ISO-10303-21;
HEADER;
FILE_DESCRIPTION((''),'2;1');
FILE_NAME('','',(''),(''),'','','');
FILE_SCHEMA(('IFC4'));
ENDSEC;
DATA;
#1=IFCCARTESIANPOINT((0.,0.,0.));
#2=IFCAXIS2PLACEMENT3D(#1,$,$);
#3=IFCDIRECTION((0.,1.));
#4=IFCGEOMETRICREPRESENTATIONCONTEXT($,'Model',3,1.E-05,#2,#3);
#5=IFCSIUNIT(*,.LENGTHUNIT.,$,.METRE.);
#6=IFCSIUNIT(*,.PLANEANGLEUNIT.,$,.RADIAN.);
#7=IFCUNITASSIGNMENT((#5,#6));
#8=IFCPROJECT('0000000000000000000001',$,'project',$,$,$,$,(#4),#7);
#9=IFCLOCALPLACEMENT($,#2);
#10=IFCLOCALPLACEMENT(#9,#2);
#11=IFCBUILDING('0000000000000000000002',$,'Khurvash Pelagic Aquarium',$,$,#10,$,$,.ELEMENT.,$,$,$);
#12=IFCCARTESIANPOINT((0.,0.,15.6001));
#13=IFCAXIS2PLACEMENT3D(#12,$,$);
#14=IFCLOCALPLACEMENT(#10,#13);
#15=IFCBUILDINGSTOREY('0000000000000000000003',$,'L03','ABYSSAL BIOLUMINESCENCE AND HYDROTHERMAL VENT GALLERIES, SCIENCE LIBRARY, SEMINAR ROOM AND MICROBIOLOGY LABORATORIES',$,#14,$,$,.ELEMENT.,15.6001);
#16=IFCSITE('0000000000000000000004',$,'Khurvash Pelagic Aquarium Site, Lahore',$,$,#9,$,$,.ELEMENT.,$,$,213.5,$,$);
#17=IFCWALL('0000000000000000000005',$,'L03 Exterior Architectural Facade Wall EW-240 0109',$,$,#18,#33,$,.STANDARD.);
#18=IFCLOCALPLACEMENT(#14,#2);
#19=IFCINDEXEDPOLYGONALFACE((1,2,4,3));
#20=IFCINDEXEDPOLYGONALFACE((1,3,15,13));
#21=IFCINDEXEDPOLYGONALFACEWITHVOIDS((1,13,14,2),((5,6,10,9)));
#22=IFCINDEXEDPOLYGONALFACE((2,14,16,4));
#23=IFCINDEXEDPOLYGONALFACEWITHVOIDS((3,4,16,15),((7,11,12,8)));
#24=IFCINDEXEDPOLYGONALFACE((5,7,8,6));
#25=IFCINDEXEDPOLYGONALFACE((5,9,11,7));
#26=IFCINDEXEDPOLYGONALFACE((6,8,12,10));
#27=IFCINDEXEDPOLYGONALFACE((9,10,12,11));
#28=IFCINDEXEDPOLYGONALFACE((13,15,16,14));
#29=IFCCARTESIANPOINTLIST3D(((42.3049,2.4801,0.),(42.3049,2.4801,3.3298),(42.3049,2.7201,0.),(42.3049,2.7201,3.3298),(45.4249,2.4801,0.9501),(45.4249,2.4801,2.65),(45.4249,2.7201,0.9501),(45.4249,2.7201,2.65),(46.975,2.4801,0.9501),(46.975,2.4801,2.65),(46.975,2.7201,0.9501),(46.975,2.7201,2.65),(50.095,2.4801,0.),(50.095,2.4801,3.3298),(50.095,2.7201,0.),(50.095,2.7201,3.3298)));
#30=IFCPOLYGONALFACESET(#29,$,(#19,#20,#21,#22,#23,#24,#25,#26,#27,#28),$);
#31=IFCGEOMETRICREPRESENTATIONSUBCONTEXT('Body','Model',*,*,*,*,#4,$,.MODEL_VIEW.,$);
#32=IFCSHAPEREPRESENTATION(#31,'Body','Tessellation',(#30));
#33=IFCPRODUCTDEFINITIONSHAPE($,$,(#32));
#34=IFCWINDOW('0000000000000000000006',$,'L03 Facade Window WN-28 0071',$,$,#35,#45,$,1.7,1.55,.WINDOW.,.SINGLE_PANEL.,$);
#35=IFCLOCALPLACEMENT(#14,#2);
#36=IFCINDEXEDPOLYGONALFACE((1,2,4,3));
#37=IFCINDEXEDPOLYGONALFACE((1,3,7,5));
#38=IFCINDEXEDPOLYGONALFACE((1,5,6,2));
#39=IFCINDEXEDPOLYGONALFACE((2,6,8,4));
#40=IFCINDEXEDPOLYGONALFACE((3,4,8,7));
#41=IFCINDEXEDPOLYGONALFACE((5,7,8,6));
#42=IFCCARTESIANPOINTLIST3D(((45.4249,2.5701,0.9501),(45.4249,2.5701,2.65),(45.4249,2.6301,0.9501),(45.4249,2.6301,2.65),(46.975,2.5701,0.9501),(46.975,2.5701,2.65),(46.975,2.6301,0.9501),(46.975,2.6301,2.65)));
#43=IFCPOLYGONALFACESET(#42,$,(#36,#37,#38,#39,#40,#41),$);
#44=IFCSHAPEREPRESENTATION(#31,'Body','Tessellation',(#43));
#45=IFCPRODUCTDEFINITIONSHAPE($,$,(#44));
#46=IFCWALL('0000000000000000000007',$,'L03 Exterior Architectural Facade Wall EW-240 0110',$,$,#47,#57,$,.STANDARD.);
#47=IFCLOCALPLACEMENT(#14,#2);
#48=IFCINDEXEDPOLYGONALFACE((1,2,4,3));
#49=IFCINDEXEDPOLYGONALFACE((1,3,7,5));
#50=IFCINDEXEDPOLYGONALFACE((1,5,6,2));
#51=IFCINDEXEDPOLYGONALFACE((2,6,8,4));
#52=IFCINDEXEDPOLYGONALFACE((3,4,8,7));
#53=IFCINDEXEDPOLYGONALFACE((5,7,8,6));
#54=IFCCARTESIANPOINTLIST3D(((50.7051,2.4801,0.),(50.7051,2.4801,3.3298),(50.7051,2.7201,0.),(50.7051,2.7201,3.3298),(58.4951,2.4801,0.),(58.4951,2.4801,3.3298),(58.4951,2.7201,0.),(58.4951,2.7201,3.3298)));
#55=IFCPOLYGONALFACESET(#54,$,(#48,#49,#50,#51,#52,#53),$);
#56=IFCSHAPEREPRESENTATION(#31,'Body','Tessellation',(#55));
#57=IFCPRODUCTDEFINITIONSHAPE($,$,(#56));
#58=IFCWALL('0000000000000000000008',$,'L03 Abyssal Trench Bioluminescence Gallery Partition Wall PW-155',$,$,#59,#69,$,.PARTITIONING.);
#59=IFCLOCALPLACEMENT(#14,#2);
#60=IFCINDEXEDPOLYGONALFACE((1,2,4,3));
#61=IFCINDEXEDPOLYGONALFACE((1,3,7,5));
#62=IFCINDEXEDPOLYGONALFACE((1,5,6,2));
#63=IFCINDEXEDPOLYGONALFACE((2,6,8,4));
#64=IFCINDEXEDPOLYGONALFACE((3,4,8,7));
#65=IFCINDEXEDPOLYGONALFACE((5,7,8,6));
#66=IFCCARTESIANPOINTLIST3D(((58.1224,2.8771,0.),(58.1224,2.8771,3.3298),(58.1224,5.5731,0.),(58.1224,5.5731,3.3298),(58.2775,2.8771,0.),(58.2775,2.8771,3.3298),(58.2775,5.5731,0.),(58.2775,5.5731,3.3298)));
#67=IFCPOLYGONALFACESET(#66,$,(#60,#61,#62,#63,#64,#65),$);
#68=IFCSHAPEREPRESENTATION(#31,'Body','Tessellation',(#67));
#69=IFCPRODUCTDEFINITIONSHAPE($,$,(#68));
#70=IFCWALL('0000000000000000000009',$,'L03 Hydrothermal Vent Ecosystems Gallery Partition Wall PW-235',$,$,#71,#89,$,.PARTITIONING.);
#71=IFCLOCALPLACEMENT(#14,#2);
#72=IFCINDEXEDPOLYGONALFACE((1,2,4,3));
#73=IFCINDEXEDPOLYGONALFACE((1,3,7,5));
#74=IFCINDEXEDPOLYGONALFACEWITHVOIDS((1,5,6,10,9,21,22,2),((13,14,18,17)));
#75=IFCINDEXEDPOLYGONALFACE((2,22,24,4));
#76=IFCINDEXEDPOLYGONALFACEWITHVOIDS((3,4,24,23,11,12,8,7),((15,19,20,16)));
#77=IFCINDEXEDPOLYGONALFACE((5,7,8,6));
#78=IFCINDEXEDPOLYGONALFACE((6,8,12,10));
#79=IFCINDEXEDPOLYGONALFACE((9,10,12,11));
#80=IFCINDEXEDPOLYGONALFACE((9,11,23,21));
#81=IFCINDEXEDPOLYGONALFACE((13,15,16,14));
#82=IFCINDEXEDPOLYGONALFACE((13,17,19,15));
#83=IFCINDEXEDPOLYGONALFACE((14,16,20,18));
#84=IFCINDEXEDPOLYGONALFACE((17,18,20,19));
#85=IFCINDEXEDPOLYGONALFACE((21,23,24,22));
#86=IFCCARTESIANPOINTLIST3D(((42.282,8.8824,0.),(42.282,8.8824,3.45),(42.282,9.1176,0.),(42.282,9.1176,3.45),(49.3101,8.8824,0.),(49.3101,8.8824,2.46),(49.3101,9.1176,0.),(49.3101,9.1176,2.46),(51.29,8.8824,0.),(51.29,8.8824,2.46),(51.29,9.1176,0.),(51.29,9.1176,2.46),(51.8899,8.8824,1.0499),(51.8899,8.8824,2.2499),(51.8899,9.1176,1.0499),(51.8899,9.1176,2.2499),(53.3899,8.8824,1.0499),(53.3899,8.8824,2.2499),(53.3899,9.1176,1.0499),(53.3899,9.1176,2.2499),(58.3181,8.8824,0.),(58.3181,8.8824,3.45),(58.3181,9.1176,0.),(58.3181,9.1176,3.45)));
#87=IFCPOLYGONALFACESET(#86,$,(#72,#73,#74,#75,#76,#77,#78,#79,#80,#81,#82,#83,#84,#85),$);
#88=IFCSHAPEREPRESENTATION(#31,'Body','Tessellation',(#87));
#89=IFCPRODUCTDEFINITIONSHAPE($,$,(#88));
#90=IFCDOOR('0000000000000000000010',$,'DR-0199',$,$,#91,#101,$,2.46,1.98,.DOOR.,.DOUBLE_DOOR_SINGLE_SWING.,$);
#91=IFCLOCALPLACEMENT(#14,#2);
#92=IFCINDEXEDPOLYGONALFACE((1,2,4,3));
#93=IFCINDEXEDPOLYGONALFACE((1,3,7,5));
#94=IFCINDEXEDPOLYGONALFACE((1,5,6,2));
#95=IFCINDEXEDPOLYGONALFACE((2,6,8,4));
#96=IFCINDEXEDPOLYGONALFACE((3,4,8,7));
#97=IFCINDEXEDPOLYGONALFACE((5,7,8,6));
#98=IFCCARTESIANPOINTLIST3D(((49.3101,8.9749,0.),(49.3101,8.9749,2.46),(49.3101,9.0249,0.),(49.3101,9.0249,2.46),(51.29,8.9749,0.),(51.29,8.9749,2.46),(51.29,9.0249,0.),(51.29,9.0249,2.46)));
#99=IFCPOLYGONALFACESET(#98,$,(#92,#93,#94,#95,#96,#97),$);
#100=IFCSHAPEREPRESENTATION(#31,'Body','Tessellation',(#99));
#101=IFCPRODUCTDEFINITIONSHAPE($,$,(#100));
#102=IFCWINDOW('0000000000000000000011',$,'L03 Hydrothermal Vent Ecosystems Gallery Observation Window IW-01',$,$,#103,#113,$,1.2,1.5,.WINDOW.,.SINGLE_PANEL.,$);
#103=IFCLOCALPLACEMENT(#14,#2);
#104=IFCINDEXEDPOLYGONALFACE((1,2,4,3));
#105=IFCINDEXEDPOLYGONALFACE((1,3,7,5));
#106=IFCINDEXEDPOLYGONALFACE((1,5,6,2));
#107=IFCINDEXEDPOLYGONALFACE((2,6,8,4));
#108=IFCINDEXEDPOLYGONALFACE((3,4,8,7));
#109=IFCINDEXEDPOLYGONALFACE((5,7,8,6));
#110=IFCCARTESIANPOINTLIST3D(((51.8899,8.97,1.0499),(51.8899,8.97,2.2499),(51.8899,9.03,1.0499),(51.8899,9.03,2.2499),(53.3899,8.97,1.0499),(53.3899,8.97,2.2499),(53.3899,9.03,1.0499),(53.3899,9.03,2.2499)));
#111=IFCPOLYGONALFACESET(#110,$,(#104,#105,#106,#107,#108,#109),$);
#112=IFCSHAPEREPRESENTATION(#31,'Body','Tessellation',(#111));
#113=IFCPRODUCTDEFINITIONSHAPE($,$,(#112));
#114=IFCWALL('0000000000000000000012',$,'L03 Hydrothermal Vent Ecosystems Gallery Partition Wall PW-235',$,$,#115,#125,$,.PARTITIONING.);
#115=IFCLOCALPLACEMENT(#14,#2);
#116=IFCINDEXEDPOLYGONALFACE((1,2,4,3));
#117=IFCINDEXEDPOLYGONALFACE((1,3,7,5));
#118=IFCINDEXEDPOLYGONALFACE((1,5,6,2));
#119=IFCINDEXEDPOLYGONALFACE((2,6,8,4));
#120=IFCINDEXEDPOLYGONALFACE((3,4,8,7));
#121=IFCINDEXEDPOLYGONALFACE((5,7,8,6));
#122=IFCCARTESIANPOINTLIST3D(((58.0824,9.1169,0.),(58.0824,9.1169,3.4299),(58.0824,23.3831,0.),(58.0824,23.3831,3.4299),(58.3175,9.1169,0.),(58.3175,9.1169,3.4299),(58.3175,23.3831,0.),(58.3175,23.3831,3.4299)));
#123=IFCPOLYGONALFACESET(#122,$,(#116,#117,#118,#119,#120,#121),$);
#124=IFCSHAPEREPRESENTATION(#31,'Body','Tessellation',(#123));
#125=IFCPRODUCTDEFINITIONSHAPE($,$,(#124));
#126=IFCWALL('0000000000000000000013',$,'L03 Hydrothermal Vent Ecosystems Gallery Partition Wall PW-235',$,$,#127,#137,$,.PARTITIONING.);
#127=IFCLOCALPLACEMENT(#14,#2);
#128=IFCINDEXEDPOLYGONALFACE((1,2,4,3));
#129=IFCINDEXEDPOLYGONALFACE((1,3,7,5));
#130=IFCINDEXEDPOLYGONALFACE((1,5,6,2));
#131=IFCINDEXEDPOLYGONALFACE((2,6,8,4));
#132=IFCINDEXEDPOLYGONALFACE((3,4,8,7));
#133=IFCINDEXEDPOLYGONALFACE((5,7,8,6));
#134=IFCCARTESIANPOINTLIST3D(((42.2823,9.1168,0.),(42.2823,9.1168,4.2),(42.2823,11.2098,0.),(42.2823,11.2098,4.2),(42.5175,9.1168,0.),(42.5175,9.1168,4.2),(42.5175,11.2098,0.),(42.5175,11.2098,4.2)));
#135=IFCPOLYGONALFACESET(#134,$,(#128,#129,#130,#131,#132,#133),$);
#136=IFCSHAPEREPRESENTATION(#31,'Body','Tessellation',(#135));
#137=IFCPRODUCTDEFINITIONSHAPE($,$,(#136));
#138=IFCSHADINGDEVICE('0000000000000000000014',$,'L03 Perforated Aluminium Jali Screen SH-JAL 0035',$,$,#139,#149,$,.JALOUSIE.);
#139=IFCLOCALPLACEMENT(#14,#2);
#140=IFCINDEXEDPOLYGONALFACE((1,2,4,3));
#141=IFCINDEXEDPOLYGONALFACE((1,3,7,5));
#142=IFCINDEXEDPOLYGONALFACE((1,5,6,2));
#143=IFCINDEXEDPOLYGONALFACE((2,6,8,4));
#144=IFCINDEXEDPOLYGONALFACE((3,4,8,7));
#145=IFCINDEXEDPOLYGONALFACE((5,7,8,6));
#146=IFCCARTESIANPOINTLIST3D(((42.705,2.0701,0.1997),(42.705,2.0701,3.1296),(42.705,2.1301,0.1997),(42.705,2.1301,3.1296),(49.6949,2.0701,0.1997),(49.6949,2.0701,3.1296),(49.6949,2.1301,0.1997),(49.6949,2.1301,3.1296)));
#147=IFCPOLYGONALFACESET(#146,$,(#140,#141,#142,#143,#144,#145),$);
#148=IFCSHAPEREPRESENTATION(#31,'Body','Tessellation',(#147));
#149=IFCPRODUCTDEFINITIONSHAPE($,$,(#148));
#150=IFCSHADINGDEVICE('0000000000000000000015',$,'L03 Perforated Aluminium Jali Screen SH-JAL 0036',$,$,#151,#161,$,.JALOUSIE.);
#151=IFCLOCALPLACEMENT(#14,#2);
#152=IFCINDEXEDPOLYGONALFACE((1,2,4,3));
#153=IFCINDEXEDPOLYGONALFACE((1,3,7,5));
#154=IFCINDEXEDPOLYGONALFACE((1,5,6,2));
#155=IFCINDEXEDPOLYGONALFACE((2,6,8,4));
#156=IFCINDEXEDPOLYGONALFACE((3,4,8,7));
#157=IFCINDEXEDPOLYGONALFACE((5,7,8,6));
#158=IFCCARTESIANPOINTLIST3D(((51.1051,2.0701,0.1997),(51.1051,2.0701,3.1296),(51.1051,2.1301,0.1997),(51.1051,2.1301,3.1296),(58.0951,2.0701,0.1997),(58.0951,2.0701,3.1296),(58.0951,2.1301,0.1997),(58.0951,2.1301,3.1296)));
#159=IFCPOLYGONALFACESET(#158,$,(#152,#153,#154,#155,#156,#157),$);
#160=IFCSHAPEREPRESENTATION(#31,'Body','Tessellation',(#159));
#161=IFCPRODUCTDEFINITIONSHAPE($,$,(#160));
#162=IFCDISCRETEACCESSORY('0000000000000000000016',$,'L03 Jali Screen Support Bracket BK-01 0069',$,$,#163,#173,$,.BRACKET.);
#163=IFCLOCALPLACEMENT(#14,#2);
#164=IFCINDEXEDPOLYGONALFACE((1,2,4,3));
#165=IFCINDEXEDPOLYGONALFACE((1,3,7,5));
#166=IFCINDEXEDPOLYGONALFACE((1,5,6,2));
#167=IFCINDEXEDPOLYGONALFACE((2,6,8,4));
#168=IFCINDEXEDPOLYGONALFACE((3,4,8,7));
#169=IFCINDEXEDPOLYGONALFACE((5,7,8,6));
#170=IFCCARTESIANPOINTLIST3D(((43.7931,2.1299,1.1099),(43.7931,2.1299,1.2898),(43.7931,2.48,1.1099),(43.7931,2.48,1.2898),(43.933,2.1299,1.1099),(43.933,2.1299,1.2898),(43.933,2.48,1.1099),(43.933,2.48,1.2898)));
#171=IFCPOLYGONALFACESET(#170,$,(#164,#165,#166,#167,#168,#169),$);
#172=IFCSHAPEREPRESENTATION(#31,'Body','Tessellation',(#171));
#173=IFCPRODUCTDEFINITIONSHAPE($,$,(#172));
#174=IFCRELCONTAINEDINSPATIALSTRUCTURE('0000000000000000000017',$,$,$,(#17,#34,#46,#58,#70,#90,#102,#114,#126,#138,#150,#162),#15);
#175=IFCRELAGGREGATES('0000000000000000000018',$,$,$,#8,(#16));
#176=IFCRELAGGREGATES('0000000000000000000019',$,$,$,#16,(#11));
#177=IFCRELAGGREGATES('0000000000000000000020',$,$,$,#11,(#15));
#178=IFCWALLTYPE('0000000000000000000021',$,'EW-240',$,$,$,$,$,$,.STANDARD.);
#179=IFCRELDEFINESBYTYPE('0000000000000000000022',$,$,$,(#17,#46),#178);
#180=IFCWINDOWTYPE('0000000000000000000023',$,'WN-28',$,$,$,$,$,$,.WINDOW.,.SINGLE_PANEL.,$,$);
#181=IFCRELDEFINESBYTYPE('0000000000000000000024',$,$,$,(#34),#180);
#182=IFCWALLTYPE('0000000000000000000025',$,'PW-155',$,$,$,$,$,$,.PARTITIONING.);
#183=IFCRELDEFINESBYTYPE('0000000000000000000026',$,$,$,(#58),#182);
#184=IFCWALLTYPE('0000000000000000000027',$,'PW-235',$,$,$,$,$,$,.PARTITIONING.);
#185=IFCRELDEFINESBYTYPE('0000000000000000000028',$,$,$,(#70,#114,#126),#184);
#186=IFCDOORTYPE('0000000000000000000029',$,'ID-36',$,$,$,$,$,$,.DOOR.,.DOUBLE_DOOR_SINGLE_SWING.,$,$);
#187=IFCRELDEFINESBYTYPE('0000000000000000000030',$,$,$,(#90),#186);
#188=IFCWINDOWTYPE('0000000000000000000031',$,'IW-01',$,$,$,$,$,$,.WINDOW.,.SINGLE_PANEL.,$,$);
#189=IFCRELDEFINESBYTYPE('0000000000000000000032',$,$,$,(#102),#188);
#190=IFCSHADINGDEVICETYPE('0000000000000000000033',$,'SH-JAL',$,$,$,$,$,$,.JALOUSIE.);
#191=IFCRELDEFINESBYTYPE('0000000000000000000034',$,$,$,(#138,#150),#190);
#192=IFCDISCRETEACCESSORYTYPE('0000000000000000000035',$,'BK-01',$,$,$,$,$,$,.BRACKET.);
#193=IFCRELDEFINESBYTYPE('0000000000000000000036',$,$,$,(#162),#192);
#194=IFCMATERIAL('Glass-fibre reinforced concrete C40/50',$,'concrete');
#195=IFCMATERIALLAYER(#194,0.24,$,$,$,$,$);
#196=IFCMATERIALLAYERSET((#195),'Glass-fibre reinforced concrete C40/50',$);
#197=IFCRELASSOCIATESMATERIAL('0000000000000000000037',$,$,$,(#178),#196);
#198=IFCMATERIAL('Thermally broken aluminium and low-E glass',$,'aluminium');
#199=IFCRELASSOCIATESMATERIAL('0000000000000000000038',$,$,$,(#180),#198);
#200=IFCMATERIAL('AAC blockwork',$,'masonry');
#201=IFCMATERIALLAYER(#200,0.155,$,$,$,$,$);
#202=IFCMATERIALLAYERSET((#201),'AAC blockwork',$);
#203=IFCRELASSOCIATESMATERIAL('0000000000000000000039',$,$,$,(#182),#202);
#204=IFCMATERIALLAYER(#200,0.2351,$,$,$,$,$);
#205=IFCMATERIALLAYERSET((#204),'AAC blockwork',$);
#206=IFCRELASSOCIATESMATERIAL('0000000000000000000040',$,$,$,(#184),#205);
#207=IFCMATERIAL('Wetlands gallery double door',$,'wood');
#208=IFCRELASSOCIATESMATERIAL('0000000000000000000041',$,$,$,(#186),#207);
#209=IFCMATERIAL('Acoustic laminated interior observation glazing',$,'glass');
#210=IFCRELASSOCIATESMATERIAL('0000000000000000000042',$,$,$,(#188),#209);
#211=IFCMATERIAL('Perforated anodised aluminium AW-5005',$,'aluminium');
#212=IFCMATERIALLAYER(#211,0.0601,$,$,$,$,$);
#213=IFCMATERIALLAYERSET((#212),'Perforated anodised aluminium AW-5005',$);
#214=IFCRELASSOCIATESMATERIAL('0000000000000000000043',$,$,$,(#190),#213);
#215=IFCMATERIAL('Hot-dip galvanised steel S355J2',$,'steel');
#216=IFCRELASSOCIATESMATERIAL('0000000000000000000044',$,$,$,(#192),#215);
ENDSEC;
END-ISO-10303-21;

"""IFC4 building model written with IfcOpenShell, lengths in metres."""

from ifc_helpers import new_model, si_unit, direction, frame, frame_2d, origin, origin_2d, place, context, subcontext, project, spatial, rectangle, extrude, material, layer, layer_set, type_object, element, fill, save


model = new_model("IFC4")

# Units and contexts
model_context = context("Model", 3, precision=1e-05, world=origin(), true_north=direction((0.0, 1.0)))
body_context = subcontext(model_context, "Body", "Model", "MODEL_VIEW")
ifc_project = project(units=[si_unit("LENGTHUNIT", "METRE"), si_unit("PLANEANGLEUNIT", "RADIAN")], contexts=[model_context])

# Site, building, storey
site_placement = place(None, origin())
site = spatial("IfcSite", under=ifc_project, at=site_placement, Name="Khurvash Pelagic Aquarium Site, Lahore", CompositionType="ELEMENT", RefElevation=213.5)
building_placement = place(site_placement, origin())
building = spatial("IfcBuilding", under=site, at=building_placement, Name="Khurvash Pelagic Aquarium", CompositionType="ELEMENT")
storey_placement = place(building_placement, frame((0.0, 0.0, 15.6001)))
storey = spatial("IfcBuildingStorey", under=building, at=storey_placement, Name="L03", Description="ABYSSAL BIOLUMINESCENCE AND HYDROTHERMAL VENT GALLERIES, SCIENCE LIBRARY, SEMINAR ROOM AND MICROBIOLOGY LABORATORIES", CompositionType="ELEMENT", Elevation=15.6001)

# Wall, opening, window
ifc_material_1 = material(Name="Glass-fibre reinforced concrete C40/50", Category="concrete")
ifc_layer_1 = layer(ifc_material_1, 0.24)
ifc_layer_set_1 = layer_set([ifc_layer_1], Name="Glass-fibre reinforced concrete C40/50")
wall_type_1 = type_object("IfcWallType", Name="EW-240", PredefinedType="STANDARD", material=ifc_layer_set_1)
wall_1_placement = place(storey_placement, frame((42.3049, 2.6001, 0.0), z_axis=(0.0, 0.0, 1.0), x_axis=(1.0, 0.0, 0.0)))
wall_1 = element("IfcWall", 1, at=wall_1_placement, inside=storey, type_object=wall_type_1, Name="L03 Exterior Architectural Facade Wall EW-240 0109", PredefinedType="STANDARD", context=body_context, shape_type="SweptSolid", body=[
    extrude(rectangle(XDim=7.79, YDim=0.24, at=frame_2d((3.895, 0.0))), origin(), (0.0, 0.0, 1.0), 3.3298),
])
opening_1_placement = place(wall_1_placement, frame((3.1201, 0.0, 0.95)))
opening_1 = element("IfcOpeningElement", 2, at=opening_1_placement, cuts=wall_1, PredefinedType="OPENING", context=body_context, shape_type="SweptSolid", body=[
    extrude(rectangle(XDim=1.55, YDim=1.7, at=frame_2d((0.7749, 0.8501))), frame((0.0, 0.1299, 0.0), z_axis=(0.0, -1.0, 0.0), x_axis=(1.0, 0.0, 0.0)), (0.0, 0.0, 1.0), 0.26),
])
ifc_material_2 = material(Name="Thermally broken aluminium and low-E glass", Category="aluminium")
window_type_1 = type_object("IfcWindowType", Name="WN-28", PartitioningType="SINGLE_PANEL", PredefinedType="WINDOW", material=ifc_material_2)
window_1_placement = place(opening_1_placement, origin())
window_1 = element("IfcWindow", 3, at=window_1_placement, inside=storey, type_object=window_type_1, Name="L03 Facade Window WN-28 0071", OverallHeight=1.7, OverallWidth=1.55, PartitioningType="SINGLE_PANEL", PredefinedType="WINDOW", context=body_context, shape_type="SweptSolid", body=[
    extrude(rectangle(XDim=1.55, YDim=1.7, at=frame_2d((0.7749, 0.8501))), frame((0.0, 0.03, 0.0), z_axis=(0.0, -1.0, 0.0), x_axis=(1.0, 0.0, 0.0)), (0.0, 0.0, 1.0), 0.0601),
])
fill(opening_1, window_1)

# Walls
wall_2_placement = place(storey_placement, frame((50.7051, 2.6001, 0.0), z_axis=(0.0, 0.0, 1.0), x_axis=(1.0, 0.0, 0.0)))
element("IfcWall", 4, at=wall_2_placement, inside=storey, type_object=wall_type_1, Name="L03 Exterior Architectural Facade Wall EW-240 0110", PredefinedType="STANDARD", context=body_context, shape_type="SweptSolid", body=[
    extrude(rectangle(XDim=7.79, YDim=0.24, at=frame_2d((3.895, 0.0))), origin(), (0.0, 0.0, 1.0), 3.3298),
])
ifc_material_3 = material(Name="AAC blockwork", Category="masonry")
ifc_layer_2 = layer(ifc_material_3, 0.155)
ifc_layer_set_2 = layer_set([ifc_layer_2], Name="AAC blockwork")
wall_type_2 = type_object("IfcWallType", Name="PW-155", PredefinedType="PARTITIONING", material=ifc_layer_set_2)
wall_3_placement = place(storey_placement, frame((58.2, 2.877, 0.0), z_axis=(0.0, 0.0, 1.0), x_axis=(0.0, 1.0, 0.0)))
element("IfcWall", 5, at=wall_3_placement, inside=storey, type_object=wall_type_2, Name="L03 Abyssal Trench Bioluminescence Gallery Partition Wall PW-155", PredefinedType="PARTITIONING", context=body_context, shape_type="SweptSolid", body=[
    extrude(rectangle(XDim=2.696, YDim=0.155, at=frame_2d((1.3481, 0.0))), origin(), (0.0, 0.0, 1.0), 3.3298),
])

# Wall, openings, door, window
ifc_layer_3 = layer(ifc_material_3, 0.2351)
ifc_layer_set_3 = layer_set([ifc_layer_3], Name="AAC blockwork")
wall_type_3 = type_object("IfcWallType", Name="PW-235", PredefinedType="PARTITIONING", material=ifc_layer_set_3)
wall_4_placement = place(storey_placement, frame((42.282, 9.0, 0.0), z_axis=(0.0, 0.0, 1.0), x_axis=(1.0, 0.0, 0.0)))
wall_4 = element("IfcWall", 6, at=wall_4_placement, inside=storey, type_object=wall_type_3, Name="L03 Hydrothermal Vent Ecosystems Gallery Partition Wall PW-235", PredefinedType="PARTITIONING", context=body_context, shape_type="SweptSolid", body=[
    extrude(rectangle(XDim=16.0361, YDim=0.2351, at=frame_2d((8.0181, 0.0))), origin(), (0.0, 0.0, 1.0), 3.45),
])
opening_2_placement = place(wall_4_placement, frame((7.0281, 0.0, 0.0)))
opening_2 = element("IfcOpeningElement", 7, at=opening_2_placement, cuts=wall_4, PredefinedType="OPENING", context=body_context, shape_type="SweptSolid", body=[
    extrude(rectangle(XDim=1.98, YDim=2.46, at=frame_2d((0.99, 1.23))), frame((0.0, 0.1274, 0.0), z_axis=(0.0, -1.0, 0.0), x_axis=(1.0, 0.0, 0.0)), (0.0, 0.0, 1.0), 0.2551),
])
opening_3_placement = place(wall_4_placement, frame((9.6079, 0.0, 1.0498)))
opening_3 = element("IfcOpeningElement", 8, at=opening_3_placement, cuts=wall_4, PredefinedType="OPENING", context=body_context, shape_type="SweptSolid", body=[
    extrude(rectangle(XDim=1.5, YDim=1.2, at=frame_2d((0.75, 0.6001))), frame((0.0, 0.1274, 0.0), z_axis=(0.0, -1.0, 0.0), x_axis=(1.0, 0.0, 0.0)), (0.0, 0.0, 1.0), 0.2551),
])
ifc_material_4 = material(Name="Wetlands gallery double door", Category="wood")
door_type = type_object("IfcDoorType", Name="ID-36", OperationType="DOUBLE_DOOR_SINGLE_SWING", PredefinedType="DOOR", material=ifc_material_4)
door_placement = place(opening_2_placement, origin())
door = element("IfcDoor", 9, at=door_placement, inside=storey, type_object=door_type, Name="DR-0199", OperationType="DOUBLE_DOOR_SINGLE_SWING", OverallHeight=2.46, OverallWidth=1.98, PredefinedType="DOOR", context=body_context, shape_type="SweptSolid", body=[
    extrude(rectangle(XDim=1.98, YDim=2.46, at=frame_2d((0.99, 1.23))), frame((0.0, 0.0249, 0.0), z_axis=(0.0, -1.0, 0.0), x_axis=(1.0, 0.0, 0.0)), (0.0, 0.0, 1.0), 0.05),
])
fill(opening_2, door)
ifc_material_5 = material(Name="Acoustic laminated interior observation glazing", Category="glass")
window_type_2 = type_object("IfcWindowType", Name="IW-01", PartitioningType="SINGLE_PANEL", PredefinedType="WINDOW", material=ifc_material_5)
window_2_placement = place(opening_3_placement, origin())
window_2 = element("IfcWindow", 10, at=window_2_placement, inside=storey, type_object=window_type_2, Name="L03 Hydrothermal Vent Ecosystems Gallery Observation Window IW-01", OverallHeight=1.2, OverallWidth=1.5, PartitioningType="SINGLE_PANEL", PredefinedType="WINDOW", context=body_context, shape_type="SweptSolid", body=[
    extrude(rectangle(XDim=1.5, YDim=1.2, at=frame_2d((0.75, 0.6001))), frame((0.0, 0.03, 0.0), z_axis=(0.0, -1.0, 0.0), x_axis=(1.0, 0.0, 0.0)), (0.0, 0.0, 1.0), 0.0601),
])
fill(opening_3, window_2)

# Walls
wall_5_placement = place(storey_placement, frame((58.2, 9.1169, 0.0), z_axis=(0.0, 0.0, 1.0), x_axis=(0.0, 1.0, 0.0)))
element("IfcWall", 11, at=wall_5_placement, inside=storey, type_object=wall_type_3, Name="L03 Hydrothermal Vent Ecosystems Gallery Partition Wall PW-235", PredefinedType="PARTITIONING", context=body_context, shape_type="SweptSolid", body=[
    extrude(rectangle(XDim=14.2661, YDim=0.2351, at=frame_2d((7.1331, 0.0))), origin(), (0.0, 0.0, 1.0), 3.4299),
])
wall_6_placement = place(storey_placement, frame((42.3999, 9.1169, 0.0), z_axis=(0.0, 0.0, 1.0), x_axis=(0.0, 1.0, 0.0)))
element("IfcWall", 12, at=wall_6_placement, inside=storey, type_object=wall_type_3, Name="L03 Hydrothermal Vent Ecosystems Gallery Partition Wall PW-235", PredefinedType="PARTITIONING", context=body_context, shape_type="SweptSolid", body=[
    extrude(rectangle(XDim=2.093, YDim=0.2351, at=frame_2d((1.0464, 0.0))), origin(), (0.0, 0.0, 1.0), 4.2),
])

# Shading devices
ifc_material_6 = material(Name="Perforated anodised aluminium AW-5005", Category="aluminium")
ifc_layer_4 = layer(ifc_material_6, 0.0601)
ifc_layer_set_4 = layer_set([ifc_layer_4], Name="Perforated anodised aluminium AW-5005")
shading_device_type = type_object("IfcShadingDeviceType", Name="SH-JAL", PredefinedType="JALOUSIE", material=ifc_layer_set_4)
for number, where, z_axis, x_axis, name in (
    (13, (46.2, 2.1001, 0.1997), (0.0, 0.0, 1.0), (1.0, 0.0, 0.0), "L03 Perforated Aluminium Jali Screen SH-JAL 0035"),
    (14, (54.6001, 2.1001, 0.1997), (0.0, 0.0, 1.0), (1.0, 0.0, 0.0), "L03 Perforated Aluminium Jali Screen SH-JAL 0036"),
):
    element("IfcShadingDevice", number, at=place(storey_placement, frame(where, z_axis=z_axis, x_axis=x_axis)), inside=storey, type_object=shading_device_type, Name=name, PredefinedType="JALOUSIE", context=body_context, shape_type="SweptSolid", body=[
        extrude(rectangle(XDim=6.99, YDim=0.0601, at=origin_2d()), origin(), (0.0, 0.0, 1.0), 2.9299),
    ])

# Discrete accessory
ifc_material_7 = material(Name="Hot-dip galvanised steel S355J2", Category="steel")
discrete_accessory_type = type_object("IfcDiscreteAccessoryType", Name="BK-01", PredefinedType="BRACKET", material=ifc_material_7)
for number, where, z_axis, x_axis, name in (
    (15, (43.863, 2.3049, 1.1099), (0.0, 0.0, 1.0), (1.0, 0.0, 0.0), "L03 Jali Screen Support Bracket BK-01 0069"),
):
    element("IfcDiscreteAccessory", number, at=place(storey_placement, frame(where, z_axis=z_axis, x_axis=x_axis)), inside=storey, type_object=discrete_accessory_type, Name=name, PredefinedType="BRACKET", context=body_context, shape_type="SweptSolid", body=[
        extrude(rectangle(XDim=0.1399, YDim=0.3501, at=origin_2d()), origin(), (0.0, 0.0, 1.0), 0.1799),
    ])

save(model, "model.ifc")
